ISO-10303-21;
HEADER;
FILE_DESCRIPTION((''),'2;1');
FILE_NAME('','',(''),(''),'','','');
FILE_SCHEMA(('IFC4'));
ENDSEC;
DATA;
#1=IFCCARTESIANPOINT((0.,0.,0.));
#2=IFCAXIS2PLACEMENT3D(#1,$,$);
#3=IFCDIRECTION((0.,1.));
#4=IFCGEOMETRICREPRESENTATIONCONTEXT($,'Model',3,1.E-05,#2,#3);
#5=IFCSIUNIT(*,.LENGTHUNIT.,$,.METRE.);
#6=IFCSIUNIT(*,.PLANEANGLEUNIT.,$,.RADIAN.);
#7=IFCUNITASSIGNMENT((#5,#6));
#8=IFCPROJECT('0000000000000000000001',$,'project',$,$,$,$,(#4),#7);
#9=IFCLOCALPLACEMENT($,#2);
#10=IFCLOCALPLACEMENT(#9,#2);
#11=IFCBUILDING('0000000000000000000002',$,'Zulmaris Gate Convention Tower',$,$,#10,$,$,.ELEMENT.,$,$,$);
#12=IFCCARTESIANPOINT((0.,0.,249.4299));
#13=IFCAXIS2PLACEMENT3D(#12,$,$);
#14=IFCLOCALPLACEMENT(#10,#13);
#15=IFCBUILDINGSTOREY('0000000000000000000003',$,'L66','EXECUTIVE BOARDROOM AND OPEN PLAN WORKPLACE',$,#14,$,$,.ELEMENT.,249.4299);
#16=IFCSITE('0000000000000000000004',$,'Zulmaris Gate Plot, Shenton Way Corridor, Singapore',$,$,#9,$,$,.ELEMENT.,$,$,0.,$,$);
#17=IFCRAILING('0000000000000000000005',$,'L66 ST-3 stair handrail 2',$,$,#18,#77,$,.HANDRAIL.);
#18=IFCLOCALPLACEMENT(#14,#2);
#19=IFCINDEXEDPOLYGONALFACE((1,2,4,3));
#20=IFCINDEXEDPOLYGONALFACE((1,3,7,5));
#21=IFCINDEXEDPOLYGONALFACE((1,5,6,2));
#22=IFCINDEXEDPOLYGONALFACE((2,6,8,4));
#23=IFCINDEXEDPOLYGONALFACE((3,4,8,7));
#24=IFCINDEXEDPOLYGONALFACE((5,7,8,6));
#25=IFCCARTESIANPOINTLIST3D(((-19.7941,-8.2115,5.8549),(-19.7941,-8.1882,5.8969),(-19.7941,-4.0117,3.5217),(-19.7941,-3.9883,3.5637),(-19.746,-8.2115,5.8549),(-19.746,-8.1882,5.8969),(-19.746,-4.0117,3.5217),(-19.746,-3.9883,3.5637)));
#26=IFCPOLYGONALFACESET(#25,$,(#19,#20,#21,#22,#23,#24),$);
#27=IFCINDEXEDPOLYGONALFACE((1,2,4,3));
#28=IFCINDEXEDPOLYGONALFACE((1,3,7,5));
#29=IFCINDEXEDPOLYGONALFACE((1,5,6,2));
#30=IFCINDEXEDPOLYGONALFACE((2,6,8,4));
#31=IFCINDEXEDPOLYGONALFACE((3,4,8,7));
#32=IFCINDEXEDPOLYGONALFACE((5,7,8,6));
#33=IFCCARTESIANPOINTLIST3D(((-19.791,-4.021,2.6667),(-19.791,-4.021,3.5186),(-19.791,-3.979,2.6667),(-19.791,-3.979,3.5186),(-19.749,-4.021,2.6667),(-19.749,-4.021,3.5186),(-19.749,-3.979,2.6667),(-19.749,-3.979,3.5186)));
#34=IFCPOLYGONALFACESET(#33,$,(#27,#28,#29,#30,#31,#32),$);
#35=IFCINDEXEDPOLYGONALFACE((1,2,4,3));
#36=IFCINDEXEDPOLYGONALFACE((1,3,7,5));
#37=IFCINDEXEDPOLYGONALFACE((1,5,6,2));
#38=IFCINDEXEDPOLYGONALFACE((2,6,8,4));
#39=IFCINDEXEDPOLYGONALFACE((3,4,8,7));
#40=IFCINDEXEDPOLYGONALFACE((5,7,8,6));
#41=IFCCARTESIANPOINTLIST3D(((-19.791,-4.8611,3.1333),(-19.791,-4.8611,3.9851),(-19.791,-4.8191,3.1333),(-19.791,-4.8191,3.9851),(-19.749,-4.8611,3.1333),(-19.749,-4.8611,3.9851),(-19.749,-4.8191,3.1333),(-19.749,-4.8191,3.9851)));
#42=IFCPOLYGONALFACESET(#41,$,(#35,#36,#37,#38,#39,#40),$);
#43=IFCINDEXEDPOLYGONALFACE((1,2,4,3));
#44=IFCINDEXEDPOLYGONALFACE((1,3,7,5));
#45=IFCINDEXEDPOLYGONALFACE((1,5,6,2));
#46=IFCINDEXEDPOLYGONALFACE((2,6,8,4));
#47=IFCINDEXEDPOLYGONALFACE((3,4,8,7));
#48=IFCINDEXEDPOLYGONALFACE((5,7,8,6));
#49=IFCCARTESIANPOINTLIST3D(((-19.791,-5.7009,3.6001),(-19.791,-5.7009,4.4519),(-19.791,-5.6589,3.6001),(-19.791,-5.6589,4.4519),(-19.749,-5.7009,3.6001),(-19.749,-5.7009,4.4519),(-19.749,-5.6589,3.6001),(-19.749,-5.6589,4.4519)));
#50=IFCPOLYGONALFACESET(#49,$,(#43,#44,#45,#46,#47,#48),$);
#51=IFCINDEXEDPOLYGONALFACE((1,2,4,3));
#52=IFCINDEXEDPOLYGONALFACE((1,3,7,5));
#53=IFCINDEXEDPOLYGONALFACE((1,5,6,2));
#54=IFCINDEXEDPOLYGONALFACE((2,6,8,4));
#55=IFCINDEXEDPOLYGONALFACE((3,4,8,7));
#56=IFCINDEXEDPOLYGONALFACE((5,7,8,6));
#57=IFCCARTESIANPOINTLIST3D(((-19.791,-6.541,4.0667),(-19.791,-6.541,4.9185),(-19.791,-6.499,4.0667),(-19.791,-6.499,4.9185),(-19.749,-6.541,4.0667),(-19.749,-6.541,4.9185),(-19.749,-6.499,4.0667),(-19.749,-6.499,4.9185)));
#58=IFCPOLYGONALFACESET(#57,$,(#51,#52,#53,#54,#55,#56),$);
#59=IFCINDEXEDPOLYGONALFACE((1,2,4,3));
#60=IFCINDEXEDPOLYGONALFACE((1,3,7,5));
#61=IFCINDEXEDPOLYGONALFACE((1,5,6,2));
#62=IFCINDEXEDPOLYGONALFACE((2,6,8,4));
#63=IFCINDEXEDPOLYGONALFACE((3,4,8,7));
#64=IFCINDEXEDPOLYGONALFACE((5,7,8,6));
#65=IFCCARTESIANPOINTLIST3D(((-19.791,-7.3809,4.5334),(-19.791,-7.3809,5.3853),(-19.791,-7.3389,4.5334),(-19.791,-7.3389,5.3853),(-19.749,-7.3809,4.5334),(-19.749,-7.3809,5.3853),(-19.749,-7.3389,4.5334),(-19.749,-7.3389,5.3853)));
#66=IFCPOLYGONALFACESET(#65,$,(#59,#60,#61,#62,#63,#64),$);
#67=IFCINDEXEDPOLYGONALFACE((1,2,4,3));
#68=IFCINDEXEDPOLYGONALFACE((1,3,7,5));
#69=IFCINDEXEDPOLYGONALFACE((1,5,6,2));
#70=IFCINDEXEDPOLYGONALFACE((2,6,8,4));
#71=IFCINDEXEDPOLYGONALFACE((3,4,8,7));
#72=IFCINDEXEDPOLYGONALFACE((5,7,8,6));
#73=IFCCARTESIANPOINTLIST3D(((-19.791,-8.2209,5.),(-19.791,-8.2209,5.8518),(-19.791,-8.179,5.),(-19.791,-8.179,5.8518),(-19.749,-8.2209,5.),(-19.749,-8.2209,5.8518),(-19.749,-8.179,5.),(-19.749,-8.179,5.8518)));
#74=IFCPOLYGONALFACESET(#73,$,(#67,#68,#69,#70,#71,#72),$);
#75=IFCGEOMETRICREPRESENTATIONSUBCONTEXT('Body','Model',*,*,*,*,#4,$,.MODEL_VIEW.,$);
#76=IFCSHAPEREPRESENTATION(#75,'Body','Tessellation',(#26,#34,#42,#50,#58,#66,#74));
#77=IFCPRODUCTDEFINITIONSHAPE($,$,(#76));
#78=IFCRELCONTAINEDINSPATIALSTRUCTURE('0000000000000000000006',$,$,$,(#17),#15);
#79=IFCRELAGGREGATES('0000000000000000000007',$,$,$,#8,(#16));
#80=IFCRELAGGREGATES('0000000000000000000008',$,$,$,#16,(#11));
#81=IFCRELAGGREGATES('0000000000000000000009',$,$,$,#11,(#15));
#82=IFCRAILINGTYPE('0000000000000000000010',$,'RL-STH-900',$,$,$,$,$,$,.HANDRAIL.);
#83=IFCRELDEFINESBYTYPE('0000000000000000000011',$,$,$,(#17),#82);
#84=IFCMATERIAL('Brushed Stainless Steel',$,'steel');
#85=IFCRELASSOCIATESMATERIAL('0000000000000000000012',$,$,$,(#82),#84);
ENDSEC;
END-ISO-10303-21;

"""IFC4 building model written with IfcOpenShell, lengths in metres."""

from ifc_helpers import new_model, si_unit, direction, frame, origin, origin_2d, place, context, subcontext, project, spatial, rectangle, extrude, material, type_object, element, save


model = new_model("IFC4")

# Units and contexts
model_context = context("Model", 3, precision=1e-05, world=origin(), true_north=direction((0.0, 1.0)))
body_context = subcontext(model_context, "Body", "Model", "MODEL_VIEW")
ifc_project = project(units=[si_unit("LENGTHUNIT", "METRE"), si_unit("PLANEANGLEUNIT", "RADIAN")], contexts=[model_context])

# Site, building, storey
site_placement = place(None, origin())
site = spatial("IfcSite", under=ifc_project, at=site_placement, Name="Zulmaris Gate Plot, Shenton Way Corridor, Singapore", CompositionType="ELEMENT", RefElevation=0.0)
building_placement = place(site_placement, origin())
building = spatial("IfcBuilding", under=site, at=building_placement, Name="Zulmaris Gate Convention Tower", CompositionType="ELEMENT")
storey_placement = place(building_placement, frame((0.0, 0.0, 249.4299)))
storey = spatial("IfcBuildingStorey", under=building, at=storey_placement, Name="L66", Description="EXECUTIVE BOARDROOM AND OPEN PLAN WORKPLACE", CompositionType="ELEMENT", Elevation=249.4299)

# Railing
ifc_material_1 = material(Name="Brushed Stainless Steel", Category="steel")
railing_type_1 = type_object("IfcRailingType", Name="RL-STH-900", PredefinedType="HANDRAIL", material=ifc_material_1)
railing_1_placement = place(storey_placement, frame((-19.77, -4.0, 2.6667)))
element("IfcRailing", 1, at=railing_1_placement, inside=storey, type_object=railing_type_1, Name="L66 ST-3 stair handrail 2", PredefinedType="HANDRAIL", context=body_context, shape_type="SweptSolid", body=[
    extrude(rectangle(XDim=0.0481, YDim=0.0481, at=origin_2d()), frame((0.0, 0.0, 0.876), z_axis=(0.0, -0.874162, 0.485634), x_axis=(1.0, 0.0, 0.0)), (0.0, 0.0, 1.0), 4.8044),
    extrude(rectangle(XDim=0.042, YDim=0.042, at=origin_2d()), origin(), (0.0, 0.0, 1.0), 0.8518),
    extrude(rectangle(XDim=0.042, YDim=0.042, at=origin_2d()), frame((0.0, -0.8401, 0.4666)), (0.0, 0.0, 1.0), 0.8518),
    extrude(rectangle(XDim=0.042, YDim=0.042, at=origin_2d()), frame((0.0, -1.6799, 0.9333)), (0.0, 0.0, 1.0), 0.8518),
    extrude(rectangle(XDim=0.042, YDim=0.042, at=origin_2d()), frame((0.0, -2.52, 1.3999)), (0.0, 0.0, 1.0), 0.8518),
    extrude(rectangle(XDim=0.042, YDim=0.042, at=origin_2d()), frame((0.0, -3.3599, 1.8667)), (0.0, 0.0, 1.0), 0.8518),
    extrude(rectangle(XDim=0.042, YDim=0.042, at=origin_2d()), frame((0.0, -4.2, 2.3333)), (0.0, 0.0, 1.0), 0.8518),
])

save(model, "model.ifc")
